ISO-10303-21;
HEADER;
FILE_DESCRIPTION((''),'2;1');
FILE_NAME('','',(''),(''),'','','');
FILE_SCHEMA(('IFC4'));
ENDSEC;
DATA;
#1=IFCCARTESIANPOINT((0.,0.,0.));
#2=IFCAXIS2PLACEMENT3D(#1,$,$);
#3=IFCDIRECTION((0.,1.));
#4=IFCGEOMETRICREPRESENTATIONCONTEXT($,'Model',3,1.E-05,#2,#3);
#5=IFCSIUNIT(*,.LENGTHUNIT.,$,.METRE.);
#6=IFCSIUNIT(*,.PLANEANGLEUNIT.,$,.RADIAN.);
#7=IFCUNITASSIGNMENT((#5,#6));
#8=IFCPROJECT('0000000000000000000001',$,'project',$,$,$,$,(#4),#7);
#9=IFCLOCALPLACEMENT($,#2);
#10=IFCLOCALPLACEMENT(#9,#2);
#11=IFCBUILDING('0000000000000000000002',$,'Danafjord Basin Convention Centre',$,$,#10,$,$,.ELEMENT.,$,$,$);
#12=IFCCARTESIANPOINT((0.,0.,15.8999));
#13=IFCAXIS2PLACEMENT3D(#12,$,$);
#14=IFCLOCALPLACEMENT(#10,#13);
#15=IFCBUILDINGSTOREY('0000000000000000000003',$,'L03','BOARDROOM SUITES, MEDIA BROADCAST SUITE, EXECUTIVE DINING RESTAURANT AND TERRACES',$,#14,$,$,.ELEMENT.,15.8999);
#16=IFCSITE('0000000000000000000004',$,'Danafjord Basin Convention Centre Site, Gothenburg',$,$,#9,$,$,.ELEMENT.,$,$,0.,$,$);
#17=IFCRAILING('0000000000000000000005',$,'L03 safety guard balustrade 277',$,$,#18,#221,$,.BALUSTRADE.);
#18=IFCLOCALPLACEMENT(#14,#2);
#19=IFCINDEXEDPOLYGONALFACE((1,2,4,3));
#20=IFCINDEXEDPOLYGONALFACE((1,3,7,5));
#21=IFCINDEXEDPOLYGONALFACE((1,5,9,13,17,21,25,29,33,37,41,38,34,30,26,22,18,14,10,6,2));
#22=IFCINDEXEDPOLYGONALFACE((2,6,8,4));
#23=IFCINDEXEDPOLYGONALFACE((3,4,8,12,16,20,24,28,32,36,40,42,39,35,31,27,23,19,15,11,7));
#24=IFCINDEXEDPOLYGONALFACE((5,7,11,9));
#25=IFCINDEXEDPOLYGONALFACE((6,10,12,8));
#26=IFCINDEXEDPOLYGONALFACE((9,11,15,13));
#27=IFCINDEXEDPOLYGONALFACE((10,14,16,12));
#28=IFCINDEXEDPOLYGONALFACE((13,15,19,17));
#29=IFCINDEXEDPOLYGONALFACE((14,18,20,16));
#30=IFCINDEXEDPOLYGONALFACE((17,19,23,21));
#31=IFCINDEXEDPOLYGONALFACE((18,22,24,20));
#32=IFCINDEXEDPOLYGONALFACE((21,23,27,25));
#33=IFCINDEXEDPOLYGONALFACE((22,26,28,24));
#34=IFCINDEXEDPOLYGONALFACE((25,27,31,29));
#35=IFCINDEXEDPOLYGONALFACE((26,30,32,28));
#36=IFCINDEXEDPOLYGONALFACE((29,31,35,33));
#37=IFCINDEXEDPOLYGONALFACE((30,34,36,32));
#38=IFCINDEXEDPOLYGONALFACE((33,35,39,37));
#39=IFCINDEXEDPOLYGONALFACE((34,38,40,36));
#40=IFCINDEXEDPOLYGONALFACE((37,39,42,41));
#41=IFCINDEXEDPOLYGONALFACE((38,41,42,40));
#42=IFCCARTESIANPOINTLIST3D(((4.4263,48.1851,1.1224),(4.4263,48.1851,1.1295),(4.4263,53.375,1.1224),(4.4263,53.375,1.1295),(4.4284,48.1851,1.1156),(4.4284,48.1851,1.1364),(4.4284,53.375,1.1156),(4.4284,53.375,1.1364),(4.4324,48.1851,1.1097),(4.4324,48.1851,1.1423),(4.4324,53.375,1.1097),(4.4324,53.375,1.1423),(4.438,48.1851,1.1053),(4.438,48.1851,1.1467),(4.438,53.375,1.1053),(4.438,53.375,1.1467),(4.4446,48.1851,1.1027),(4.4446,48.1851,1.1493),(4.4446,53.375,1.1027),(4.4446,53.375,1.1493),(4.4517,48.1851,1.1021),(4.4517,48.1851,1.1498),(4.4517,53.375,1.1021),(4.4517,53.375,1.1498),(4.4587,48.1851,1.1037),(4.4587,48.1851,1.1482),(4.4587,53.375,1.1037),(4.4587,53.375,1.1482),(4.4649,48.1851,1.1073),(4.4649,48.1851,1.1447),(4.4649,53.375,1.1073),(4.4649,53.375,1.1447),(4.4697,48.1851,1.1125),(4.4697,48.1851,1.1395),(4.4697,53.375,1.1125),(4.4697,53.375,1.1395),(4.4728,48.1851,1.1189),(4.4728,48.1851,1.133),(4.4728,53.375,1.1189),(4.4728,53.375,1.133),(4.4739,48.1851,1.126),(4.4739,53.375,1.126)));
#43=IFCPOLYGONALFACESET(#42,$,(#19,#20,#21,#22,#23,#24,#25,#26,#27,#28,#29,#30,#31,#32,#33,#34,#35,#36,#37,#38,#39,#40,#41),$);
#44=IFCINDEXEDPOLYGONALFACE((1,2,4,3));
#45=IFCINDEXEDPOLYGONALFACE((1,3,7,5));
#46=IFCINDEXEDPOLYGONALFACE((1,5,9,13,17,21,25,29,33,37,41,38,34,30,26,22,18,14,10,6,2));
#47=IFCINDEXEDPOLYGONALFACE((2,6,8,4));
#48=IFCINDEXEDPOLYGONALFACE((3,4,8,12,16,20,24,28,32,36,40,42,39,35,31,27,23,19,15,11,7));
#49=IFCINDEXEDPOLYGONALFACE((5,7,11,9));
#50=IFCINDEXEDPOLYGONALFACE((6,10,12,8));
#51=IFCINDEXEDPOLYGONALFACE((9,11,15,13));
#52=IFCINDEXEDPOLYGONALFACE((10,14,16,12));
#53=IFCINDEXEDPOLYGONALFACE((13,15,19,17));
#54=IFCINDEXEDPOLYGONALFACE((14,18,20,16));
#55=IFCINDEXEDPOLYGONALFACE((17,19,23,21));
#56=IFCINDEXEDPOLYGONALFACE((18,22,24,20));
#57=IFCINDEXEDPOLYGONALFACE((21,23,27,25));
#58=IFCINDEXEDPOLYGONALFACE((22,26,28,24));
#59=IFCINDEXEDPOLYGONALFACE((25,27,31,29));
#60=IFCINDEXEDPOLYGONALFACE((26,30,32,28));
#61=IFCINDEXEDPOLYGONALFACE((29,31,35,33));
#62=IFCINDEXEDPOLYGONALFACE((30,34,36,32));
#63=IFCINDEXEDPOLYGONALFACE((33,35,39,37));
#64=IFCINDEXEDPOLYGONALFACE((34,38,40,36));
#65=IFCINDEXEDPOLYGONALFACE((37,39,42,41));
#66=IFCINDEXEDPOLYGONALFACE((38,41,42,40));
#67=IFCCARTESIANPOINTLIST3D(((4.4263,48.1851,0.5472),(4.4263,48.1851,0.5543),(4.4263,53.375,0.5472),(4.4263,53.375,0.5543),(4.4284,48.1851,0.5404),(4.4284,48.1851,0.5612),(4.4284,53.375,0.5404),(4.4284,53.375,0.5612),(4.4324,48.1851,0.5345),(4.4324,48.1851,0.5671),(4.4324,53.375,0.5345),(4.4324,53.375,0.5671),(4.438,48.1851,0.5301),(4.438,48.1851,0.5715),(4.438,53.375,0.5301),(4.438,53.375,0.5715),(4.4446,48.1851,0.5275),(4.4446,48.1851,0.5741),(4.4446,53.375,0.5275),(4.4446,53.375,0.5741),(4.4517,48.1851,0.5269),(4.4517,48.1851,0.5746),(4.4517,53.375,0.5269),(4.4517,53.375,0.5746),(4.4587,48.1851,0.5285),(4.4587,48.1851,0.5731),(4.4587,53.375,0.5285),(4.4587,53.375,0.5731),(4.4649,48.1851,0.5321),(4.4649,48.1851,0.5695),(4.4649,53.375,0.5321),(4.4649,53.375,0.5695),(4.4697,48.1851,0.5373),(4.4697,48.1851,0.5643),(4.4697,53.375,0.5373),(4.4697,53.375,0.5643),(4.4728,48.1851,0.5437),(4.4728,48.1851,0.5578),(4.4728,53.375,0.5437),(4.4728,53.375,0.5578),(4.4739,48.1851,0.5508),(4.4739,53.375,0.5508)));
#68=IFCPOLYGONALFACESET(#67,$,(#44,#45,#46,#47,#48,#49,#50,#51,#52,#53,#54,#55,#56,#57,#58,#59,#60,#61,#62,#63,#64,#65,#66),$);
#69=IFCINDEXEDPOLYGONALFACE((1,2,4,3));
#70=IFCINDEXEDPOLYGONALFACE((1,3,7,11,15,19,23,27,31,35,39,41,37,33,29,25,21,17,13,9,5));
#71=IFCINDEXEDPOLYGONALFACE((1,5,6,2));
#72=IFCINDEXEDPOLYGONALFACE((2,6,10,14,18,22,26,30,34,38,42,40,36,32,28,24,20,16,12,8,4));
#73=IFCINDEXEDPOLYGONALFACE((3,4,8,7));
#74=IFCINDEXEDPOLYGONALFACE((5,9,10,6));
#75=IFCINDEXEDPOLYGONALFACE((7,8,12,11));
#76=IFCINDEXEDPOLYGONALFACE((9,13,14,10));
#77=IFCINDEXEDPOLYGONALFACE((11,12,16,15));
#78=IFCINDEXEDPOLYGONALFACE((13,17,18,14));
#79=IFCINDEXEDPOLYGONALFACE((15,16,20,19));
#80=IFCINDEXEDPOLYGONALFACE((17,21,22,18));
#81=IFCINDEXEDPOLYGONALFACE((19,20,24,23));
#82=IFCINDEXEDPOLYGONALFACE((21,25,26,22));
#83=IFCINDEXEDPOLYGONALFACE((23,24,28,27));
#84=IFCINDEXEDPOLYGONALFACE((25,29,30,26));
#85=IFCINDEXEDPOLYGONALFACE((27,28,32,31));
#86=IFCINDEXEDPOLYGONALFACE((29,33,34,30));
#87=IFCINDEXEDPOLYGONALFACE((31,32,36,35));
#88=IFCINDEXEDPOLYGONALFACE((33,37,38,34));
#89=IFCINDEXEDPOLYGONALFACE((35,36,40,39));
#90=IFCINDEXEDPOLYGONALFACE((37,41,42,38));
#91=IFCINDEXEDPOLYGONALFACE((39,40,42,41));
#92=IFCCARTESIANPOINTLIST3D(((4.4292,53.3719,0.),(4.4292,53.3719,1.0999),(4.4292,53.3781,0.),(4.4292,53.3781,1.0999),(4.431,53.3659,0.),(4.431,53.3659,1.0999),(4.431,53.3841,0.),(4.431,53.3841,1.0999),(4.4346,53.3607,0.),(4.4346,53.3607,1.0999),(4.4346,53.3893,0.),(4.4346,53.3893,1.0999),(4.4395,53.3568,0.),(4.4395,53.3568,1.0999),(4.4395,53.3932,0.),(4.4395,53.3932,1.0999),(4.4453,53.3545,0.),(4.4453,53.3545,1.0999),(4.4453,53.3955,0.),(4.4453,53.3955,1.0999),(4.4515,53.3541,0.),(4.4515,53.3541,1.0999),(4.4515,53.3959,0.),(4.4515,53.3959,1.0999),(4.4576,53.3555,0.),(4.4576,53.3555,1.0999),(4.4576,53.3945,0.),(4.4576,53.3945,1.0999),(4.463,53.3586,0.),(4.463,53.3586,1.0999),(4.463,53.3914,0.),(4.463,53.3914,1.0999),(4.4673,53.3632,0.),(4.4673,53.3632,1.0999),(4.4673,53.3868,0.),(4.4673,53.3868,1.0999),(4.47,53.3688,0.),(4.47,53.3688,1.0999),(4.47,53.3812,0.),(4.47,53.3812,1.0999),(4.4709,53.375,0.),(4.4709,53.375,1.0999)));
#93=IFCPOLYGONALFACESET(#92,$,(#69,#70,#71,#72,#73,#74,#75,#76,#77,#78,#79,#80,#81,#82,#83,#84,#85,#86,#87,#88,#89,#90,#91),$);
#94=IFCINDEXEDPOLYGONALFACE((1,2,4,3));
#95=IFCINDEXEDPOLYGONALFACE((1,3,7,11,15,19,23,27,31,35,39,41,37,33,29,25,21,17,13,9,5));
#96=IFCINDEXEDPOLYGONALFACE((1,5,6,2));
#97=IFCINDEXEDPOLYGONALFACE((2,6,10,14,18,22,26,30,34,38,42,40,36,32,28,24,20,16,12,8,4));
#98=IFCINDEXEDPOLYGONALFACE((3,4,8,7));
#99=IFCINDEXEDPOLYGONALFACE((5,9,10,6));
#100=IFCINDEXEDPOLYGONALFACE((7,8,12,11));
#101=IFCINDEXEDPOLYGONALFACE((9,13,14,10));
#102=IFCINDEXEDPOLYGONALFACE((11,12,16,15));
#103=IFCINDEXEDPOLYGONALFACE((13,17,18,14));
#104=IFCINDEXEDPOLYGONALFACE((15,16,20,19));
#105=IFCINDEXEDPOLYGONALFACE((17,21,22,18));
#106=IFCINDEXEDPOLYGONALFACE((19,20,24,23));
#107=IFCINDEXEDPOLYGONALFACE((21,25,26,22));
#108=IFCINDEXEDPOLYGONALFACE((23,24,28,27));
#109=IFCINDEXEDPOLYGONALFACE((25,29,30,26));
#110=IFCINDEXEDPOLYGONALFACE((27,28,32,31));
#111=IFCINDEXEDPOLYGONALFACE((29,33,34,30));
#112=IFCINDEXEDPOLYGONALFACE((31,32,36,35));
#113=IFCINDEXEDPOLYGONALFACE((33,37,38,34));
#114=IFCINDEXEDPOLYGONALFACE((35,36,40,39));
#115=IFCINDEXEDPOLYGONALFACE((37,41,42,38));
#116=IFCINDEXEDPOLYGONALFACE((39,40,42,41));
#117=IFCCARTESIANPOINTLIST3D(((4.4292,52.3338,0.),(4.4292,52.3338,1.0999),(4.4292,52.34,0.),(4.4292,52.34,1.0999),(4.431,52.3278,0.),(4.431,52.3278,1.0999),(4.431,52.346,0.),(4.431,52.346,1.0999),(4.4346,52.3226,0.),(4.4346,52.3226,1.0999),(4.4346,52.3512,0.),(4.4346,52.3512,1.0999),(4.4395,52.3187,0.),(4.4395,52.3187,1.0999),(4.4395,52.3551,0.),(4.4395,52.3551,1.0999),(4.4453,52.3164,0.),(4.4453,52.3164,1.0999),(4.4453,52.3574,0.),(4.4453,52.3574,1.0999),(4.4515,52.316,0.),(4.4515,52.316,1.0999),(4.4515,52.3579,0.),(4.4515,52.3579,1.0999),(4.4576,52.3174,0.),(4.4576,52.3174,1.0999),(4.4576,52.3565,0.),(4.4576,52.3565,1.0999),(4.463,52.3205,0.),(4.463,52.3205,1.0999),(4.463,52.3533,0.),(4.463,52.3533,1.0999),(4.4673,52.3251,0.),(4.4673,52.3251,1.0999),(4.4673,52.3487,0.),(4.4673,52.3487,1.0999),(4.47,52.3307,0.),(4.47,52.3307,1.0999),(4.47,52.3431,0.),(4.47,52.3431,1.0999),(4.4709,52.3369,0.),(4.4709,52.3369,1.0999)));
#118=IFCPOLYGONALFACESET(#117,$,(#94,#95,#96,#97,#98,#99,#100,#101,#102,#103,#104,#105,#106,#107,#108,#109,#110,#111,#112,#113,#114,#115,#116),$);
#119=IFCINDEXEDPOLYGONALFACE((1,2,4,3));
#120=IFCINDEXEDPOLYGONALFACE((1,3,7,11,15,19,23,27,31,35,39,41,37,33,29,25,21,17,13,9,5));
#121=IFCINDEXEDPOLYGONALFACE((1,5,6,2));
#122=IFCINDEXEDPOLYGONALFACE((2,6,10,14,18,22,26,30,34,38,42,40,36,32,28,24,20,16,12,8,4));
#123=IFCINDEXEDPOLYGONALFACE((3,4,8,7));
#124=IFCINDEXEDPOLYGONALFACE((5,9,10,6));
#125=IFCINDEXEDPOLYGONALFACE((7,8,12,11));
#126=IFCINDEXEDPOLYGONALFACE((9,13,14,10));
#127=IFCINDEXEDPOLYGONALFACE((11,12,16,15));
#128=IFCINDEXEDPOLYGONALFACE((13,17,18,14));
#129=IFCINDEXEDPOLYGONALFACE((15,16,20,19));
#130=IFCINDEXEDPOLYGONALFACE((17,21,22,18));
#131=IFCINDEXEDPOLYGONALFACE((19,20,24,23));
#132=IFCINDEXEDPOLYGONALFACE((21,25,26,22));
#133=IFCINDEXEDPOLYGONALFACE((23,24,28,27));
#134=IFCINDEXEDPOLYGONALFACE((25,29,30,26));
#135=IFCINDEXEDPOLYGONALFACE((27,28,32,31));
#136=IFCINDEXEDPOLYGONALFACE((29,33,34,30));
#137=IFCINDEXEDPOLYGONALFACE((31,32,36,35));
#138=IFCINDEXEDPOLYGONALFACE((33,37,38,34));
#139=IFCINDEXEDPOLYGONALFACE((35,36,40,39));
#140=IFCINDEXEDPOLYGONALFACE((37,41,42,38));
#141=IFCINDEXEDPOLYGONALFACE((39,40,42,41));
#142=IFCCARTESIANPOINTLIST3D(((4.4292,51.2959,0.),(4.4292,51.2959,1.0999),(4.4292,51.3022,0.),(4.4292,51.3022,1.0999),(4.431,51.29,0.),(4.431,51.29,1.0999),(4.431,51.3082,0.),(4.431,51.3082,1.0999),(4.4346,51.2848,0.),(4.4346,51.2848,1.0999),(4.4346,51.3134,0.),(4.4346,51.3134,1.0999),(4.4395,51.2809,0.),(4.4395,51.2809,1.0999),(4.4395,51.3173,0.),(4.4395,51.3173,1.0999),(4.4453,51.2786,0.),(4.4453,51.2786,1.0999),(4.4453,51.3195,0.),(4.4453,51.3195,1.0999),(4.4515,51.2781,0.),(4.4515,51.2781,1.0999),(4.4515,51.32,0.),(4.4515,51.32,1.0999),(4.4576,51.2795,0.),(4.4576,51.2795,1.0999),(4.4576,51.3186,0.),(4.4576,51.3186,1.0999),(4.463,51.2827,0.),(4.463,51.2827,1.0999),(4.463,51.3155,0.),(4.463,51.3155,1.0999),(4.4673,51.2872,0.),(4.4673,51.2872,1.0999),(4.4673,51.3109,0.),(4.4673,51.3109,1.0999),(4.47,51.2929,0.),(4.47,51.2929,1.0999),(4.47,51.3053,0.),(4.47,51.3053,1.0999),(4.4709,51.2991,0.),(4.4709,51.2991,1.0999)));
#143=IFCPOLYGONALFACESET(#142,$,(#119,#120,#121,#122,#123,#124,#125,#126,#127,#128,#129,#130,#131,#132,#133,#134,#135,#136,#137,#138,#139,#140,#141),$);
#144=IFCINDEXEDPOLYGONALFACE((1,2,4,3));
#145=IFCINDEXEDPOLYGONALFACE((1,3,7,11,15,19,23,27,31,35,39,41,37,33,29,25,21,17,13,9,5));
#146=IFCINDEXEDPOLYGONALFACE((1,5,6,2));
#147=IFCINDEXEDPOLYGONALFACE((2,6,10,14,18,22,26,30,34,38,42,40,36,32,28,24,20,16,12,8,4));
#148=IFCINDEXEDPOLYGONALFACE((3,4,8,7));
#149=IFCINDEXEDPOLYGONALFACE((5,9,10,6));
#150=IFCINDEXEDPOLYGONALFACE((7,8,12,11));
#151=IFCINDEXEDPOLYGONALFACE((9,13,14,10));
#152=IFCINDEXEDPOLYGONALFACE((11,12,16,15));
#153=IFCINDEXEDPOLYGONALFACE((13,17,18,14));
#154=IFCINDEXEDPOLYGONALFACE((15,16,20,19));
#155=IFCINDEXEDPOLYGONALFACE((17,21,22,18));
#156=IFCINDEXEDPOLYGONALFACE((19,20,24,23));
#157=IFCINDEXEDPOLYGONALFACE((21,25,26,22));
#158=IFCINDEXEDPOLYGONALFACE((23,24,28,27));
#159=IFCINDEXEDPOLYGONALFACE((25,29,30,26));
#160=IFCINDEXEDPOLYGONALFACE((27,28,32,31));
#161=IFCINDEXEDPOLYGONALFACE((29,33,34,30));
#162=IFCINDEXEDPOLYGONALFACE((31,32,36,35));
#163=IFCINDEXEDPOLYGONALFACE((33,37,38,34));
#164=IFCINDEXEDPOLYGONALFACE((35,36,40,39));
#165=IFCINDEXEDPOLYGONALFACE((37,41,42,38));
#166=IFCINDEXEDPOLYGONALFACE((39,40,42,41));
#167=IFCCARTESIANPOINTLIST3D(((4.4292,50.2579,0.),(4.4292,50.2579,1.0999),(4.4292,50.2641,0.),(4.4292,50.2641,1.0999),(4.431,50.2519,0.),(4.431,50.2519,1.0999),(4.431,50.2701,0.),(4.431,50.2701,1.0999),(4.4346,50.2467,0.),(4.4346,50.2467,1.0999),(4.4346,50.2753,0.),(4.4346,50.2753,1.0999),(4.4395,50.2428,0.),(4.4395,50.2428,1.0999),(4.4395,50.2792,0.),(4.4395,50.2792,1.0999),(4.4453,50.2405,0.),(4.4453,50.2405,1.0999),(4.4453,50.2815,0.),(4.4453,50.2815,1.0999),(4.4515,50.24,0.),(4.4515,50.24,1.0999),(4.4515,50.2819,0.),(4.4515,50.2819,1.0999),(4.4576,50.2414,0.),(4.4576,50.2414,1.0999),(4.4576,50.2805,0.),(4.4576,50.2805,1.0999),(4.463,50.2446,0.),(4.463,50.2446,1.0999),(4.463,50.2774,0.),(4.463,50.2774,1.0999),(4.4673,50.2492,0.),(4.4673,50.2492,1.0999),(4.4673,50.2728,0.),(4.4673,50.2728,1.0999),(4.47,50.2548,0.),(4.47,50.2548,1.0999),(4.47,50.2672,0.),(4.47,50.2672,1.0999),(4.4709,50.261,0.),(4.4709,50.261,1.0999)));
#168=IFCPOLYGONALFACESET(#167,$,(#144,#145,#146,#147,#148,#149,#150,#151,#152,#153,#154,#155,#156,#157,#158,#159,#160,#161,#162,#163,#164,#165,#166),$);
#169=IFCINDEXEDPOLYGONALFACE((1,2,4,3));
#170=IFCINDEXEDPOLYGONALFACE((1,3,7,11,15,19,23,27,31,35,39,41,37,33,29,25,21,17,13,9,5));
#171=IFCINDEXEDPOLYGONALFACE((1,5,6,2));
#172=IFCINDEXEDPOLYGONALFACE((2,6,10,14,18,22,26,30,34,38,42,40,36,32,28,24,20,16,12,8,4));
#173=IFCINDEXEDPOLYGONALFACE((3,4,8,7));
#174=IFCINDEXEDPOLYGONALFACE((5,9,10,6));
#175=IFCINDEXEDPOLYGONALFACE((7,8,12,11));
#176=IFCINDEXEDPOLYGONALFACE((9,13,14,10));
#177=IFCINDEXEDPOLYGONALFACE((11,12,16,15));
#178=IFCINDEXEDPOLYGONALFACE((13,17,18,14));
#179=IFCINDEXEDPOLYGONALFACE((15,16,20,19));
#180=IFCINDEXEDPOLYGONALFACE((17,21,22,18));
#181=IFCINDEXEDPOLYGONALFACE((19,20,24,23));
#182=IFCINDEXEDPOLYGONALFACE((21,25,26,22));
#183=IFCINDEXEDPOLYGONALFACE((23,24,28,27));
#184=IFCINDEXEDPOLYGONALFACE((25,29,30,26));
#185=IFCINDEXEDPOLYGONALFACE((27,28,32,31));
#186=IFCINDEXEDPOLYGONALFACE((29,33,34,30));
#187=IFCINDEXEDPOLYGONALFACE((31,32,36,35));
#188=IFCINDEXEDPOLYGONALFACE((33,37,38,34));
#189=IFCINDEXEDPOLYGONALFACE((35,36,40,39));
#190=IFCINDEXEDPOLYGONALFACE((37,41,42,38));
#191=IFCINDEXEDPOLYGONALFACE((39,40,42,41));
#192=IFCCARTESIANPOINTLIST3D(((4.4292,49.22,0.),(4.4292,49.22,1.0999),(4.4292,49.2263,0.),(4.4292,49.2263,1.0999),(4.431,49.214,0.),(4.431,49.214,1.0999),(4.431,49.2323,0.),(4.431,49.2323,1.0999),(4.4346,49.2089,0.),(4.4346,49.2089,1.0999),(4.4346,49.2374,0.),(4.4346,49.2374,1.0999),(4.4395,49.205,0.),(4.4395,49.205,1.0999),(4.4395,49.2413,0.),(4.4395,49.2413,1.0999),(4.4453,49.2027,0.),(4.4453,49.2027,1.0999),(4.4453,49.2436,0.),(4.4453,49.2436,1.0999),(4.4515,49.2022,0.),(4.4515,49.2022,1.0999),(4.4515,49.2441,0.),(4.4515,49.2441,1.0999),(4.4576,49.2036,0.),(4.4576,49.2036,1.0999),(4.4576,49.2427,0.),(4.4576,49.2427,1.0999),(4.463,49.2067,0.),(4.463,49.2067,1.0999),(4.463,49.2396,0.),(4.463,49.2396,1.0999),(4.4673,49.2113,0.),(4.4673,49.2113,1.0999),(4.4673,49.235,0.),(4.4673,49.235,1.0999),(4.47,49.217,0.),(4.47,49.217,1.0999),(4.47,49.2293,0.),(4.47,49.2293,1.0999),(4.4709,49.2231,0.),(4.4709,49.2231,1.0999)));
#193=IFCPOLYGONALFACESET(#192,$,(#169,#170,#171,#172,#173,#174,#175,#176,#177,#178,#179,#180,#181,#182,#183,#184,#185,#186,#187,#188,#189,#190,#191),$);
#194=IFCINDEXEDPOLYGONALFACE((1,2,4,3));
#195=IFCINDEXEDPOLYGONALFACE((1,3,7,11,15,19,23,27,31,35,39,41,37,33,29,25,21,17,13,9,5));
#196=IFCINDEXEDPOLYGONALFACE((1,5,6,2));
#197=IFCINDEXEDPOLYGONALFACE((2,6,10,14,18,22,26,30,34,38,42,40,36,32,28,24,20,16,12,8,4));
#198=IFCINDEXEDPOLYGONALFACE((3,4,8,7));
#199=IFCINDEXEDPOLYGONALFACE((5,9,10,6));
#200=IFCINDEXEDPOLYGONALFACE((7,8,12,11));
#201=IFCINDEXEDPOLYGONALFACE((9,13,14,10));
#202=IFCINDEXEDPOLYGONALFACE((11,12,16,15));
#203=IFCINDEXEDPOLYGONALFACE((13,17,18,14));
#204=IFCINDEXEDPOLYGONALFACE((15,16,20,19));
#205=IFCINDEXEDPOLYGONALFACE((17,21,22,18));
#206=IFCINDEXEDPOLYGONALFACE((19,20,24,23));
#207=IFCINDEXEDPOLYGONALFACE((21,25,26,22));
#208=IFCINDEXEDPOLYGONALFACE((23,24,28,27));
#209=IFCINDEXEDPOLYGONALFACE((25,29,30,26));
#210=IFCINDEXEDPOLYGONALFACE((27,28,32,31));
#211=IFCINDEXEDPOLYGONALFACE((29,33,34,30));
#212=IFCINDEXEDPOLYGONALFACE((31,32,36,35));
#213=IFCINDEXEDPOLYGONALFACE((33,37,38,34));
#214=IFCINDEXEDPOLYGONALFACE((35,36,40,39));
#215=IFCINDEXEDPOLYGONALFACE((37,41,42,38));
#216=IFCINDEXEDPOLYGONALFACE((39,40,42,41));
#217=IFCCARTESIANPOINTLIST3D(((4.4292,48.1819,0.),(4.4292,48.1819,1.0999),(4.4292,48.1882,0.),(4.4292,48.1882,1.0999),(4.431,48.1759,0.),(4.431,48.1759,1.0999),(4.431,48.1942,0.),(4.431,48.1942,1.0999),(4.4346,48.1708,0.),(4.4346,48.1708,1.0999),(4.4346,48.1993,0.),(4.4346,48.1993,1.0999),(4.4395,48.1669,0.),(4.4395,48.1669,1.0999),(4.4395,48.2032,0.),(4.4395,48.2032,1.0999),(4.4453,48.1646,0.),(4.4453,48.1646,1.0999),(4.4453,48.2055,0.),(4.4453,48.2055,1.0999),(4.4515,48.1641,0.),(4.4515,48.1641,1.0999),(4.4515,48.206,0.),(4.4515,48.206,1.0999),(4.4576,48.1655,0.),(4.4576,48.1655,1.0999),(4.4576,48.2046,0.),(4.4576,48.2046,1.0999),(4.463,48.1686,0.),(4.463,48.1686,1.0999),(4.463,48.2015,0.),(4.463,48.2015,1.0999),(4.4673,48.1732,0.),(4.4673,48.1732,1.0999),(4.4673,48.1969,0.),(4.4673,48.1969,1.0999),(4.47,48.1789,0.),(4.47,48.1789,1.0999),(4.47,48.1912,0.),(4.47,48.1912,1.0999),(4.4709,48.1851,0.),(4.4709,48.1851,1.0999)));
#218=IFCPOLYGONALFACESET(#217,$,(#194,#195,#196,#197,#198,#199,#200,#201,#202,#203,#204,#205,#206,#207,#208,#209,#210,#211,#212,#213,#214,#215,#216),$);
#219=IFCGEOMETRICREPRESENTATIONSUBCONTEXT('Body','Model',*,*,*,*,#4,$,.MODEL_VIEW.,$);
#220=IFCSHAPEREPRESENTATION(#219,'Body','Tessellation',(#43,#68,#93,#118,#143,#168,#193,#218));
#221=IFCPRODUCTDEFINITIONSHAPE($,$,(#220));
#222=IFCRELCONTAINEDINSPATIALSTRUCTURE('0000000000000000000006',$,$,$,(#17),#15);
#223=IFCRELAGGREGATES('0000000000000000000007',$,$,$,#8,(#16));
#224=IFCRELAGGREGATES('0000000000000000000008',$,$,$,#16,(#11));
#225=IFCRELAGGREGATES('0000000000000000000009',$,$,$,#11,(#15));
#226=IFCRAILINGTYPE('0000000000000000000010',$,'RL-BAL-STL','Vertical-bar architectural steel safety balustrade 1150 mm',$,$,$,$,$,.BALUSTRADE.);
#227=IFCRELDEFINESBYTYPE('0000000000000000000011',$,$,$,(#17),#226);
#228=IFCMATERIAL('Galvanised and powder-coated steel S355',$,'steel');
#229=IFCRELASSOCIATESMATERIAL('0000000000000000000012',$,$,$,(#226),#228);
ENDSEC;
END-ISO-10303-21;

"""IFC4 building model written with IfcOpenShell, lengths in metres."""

from ifc_helpers import new_model, si_unit, direction, frame, origin, origin_2d, place, context, subcontext, project, spatial, circle, extrude, material, type_object, element, save


model = new_model("IFC4")

# Units and contexts
model_context = context("Model", 3, precision=1e-05, world=origin(), true_north=direction((0.0, 1.0)))
body_context = subcontext(model_context, "Body", "Model", "MODEL_VIEW")
ifc_project = project(units=[si_unit("LENGTHUNIT", "METRE"), si_unit("PLANEANGLEUNIT", "RADIAN")], contexts=[model_context])

# Site, building, storey
site_placement = place(None, origin())
site = spatial("IfcSite", under=ifc_project, at=site_placement, Name="Danafjord Basin Convention Centre Site, Gothenburg", CompositionType="ELEMENT", RefElevation=0.0)
building_placement = place(site_placement, origin())
building = spatial("IfcBuilding", under=site, at=building_placement, Name="Danafjord Basin Convention Centre", CompositionType="ELEMENT")
storey_placement = place(building_placement, frame((0.0, 0.0, 15.8999)))
storey = spatial("IfcBuildingStorey", under=building, at=storey_placement, Name="L03", Description="BOARDROOM SUITES, MEDIA BROADCAST SUITE, EXECUTIVE DINING RESTAURANT AND TERRACES", CompositionType="ELEMENT", Elevation=15.8999)

# Railing
ifc_material_1 = material(Name="Galvanised and powder-coated steel S355", Category="steel")
railing_type_1 = type_object("IfcRailingType", Name="RL-BAL-STL", Description="Vertical-bar architectural steel safety balustrade 1150 mm", PredefinedType="BALUSTRADE", material=ifc_material_1)
railing_1_placement = place(storey_placement, frame((4.45, 53.375, 0.0)))
element("IfcRailing", 1, at=railing_1_placement, inside=storey, type_object=railing_type_1, Name="L03 safety guard balustrade 277", PredefinedType="BALUSTRADE", context=body_context, shape_type="SweptSolid", body=[
    extrude(circle(Radius=0.0239, at=origin_2d()), frame((0.0, 0.0, 1.126), z_axis=(0.0, -1.0, 0.0), x_axis=(1.0, 0.0, 0.0)), (0.0, 0.0, 1.0), 5.1899),
    extrude(circle(Radius=0.0239, at=origin_2d()), frame((0.0, 0.0, 0.5508), z_axis=(0.0, -1.0, 0.0), x_axis=(1.0, 0.0, 0.0)), (0.0, 0.0, 1.0), 5.1899),
    extrude(circle(Radius=0.021, at=origin_2d()), origin(), (0.0, 0.0, 1.0), 1.0999),
    extrude(circle(Radius=0.021, at=origin_2d()), frame((0.0, -1.0381, 0.0)), (0.0, 0.0, 1.0), 1.0999),
    extrude(circle(Radius=0.021, at=origin_2d()), frame((0.0, -2.0759, 0.0)), (0.0, 0.0, 1.0), 1.0999),
    extrude(circle(Radius=0.021, at=origin_2d()), frame((0.0, -3.114, 0.0)), (0.0, 0.0, 1.0), 1.0999),
    extrude(circle(Radius=0.021, at=origin_2d()), frame((0.0, -4.1519, 0.0)), (0.0, 0.0, 1.0), 1.0999),
    extrude(circle(Radius=0.021, at=origin_2d()), frame((0.0, -5.1899, 0.0)), (0.0, 0.0, 1.0), 1.0999),
])

save(model, "model.ifc")
